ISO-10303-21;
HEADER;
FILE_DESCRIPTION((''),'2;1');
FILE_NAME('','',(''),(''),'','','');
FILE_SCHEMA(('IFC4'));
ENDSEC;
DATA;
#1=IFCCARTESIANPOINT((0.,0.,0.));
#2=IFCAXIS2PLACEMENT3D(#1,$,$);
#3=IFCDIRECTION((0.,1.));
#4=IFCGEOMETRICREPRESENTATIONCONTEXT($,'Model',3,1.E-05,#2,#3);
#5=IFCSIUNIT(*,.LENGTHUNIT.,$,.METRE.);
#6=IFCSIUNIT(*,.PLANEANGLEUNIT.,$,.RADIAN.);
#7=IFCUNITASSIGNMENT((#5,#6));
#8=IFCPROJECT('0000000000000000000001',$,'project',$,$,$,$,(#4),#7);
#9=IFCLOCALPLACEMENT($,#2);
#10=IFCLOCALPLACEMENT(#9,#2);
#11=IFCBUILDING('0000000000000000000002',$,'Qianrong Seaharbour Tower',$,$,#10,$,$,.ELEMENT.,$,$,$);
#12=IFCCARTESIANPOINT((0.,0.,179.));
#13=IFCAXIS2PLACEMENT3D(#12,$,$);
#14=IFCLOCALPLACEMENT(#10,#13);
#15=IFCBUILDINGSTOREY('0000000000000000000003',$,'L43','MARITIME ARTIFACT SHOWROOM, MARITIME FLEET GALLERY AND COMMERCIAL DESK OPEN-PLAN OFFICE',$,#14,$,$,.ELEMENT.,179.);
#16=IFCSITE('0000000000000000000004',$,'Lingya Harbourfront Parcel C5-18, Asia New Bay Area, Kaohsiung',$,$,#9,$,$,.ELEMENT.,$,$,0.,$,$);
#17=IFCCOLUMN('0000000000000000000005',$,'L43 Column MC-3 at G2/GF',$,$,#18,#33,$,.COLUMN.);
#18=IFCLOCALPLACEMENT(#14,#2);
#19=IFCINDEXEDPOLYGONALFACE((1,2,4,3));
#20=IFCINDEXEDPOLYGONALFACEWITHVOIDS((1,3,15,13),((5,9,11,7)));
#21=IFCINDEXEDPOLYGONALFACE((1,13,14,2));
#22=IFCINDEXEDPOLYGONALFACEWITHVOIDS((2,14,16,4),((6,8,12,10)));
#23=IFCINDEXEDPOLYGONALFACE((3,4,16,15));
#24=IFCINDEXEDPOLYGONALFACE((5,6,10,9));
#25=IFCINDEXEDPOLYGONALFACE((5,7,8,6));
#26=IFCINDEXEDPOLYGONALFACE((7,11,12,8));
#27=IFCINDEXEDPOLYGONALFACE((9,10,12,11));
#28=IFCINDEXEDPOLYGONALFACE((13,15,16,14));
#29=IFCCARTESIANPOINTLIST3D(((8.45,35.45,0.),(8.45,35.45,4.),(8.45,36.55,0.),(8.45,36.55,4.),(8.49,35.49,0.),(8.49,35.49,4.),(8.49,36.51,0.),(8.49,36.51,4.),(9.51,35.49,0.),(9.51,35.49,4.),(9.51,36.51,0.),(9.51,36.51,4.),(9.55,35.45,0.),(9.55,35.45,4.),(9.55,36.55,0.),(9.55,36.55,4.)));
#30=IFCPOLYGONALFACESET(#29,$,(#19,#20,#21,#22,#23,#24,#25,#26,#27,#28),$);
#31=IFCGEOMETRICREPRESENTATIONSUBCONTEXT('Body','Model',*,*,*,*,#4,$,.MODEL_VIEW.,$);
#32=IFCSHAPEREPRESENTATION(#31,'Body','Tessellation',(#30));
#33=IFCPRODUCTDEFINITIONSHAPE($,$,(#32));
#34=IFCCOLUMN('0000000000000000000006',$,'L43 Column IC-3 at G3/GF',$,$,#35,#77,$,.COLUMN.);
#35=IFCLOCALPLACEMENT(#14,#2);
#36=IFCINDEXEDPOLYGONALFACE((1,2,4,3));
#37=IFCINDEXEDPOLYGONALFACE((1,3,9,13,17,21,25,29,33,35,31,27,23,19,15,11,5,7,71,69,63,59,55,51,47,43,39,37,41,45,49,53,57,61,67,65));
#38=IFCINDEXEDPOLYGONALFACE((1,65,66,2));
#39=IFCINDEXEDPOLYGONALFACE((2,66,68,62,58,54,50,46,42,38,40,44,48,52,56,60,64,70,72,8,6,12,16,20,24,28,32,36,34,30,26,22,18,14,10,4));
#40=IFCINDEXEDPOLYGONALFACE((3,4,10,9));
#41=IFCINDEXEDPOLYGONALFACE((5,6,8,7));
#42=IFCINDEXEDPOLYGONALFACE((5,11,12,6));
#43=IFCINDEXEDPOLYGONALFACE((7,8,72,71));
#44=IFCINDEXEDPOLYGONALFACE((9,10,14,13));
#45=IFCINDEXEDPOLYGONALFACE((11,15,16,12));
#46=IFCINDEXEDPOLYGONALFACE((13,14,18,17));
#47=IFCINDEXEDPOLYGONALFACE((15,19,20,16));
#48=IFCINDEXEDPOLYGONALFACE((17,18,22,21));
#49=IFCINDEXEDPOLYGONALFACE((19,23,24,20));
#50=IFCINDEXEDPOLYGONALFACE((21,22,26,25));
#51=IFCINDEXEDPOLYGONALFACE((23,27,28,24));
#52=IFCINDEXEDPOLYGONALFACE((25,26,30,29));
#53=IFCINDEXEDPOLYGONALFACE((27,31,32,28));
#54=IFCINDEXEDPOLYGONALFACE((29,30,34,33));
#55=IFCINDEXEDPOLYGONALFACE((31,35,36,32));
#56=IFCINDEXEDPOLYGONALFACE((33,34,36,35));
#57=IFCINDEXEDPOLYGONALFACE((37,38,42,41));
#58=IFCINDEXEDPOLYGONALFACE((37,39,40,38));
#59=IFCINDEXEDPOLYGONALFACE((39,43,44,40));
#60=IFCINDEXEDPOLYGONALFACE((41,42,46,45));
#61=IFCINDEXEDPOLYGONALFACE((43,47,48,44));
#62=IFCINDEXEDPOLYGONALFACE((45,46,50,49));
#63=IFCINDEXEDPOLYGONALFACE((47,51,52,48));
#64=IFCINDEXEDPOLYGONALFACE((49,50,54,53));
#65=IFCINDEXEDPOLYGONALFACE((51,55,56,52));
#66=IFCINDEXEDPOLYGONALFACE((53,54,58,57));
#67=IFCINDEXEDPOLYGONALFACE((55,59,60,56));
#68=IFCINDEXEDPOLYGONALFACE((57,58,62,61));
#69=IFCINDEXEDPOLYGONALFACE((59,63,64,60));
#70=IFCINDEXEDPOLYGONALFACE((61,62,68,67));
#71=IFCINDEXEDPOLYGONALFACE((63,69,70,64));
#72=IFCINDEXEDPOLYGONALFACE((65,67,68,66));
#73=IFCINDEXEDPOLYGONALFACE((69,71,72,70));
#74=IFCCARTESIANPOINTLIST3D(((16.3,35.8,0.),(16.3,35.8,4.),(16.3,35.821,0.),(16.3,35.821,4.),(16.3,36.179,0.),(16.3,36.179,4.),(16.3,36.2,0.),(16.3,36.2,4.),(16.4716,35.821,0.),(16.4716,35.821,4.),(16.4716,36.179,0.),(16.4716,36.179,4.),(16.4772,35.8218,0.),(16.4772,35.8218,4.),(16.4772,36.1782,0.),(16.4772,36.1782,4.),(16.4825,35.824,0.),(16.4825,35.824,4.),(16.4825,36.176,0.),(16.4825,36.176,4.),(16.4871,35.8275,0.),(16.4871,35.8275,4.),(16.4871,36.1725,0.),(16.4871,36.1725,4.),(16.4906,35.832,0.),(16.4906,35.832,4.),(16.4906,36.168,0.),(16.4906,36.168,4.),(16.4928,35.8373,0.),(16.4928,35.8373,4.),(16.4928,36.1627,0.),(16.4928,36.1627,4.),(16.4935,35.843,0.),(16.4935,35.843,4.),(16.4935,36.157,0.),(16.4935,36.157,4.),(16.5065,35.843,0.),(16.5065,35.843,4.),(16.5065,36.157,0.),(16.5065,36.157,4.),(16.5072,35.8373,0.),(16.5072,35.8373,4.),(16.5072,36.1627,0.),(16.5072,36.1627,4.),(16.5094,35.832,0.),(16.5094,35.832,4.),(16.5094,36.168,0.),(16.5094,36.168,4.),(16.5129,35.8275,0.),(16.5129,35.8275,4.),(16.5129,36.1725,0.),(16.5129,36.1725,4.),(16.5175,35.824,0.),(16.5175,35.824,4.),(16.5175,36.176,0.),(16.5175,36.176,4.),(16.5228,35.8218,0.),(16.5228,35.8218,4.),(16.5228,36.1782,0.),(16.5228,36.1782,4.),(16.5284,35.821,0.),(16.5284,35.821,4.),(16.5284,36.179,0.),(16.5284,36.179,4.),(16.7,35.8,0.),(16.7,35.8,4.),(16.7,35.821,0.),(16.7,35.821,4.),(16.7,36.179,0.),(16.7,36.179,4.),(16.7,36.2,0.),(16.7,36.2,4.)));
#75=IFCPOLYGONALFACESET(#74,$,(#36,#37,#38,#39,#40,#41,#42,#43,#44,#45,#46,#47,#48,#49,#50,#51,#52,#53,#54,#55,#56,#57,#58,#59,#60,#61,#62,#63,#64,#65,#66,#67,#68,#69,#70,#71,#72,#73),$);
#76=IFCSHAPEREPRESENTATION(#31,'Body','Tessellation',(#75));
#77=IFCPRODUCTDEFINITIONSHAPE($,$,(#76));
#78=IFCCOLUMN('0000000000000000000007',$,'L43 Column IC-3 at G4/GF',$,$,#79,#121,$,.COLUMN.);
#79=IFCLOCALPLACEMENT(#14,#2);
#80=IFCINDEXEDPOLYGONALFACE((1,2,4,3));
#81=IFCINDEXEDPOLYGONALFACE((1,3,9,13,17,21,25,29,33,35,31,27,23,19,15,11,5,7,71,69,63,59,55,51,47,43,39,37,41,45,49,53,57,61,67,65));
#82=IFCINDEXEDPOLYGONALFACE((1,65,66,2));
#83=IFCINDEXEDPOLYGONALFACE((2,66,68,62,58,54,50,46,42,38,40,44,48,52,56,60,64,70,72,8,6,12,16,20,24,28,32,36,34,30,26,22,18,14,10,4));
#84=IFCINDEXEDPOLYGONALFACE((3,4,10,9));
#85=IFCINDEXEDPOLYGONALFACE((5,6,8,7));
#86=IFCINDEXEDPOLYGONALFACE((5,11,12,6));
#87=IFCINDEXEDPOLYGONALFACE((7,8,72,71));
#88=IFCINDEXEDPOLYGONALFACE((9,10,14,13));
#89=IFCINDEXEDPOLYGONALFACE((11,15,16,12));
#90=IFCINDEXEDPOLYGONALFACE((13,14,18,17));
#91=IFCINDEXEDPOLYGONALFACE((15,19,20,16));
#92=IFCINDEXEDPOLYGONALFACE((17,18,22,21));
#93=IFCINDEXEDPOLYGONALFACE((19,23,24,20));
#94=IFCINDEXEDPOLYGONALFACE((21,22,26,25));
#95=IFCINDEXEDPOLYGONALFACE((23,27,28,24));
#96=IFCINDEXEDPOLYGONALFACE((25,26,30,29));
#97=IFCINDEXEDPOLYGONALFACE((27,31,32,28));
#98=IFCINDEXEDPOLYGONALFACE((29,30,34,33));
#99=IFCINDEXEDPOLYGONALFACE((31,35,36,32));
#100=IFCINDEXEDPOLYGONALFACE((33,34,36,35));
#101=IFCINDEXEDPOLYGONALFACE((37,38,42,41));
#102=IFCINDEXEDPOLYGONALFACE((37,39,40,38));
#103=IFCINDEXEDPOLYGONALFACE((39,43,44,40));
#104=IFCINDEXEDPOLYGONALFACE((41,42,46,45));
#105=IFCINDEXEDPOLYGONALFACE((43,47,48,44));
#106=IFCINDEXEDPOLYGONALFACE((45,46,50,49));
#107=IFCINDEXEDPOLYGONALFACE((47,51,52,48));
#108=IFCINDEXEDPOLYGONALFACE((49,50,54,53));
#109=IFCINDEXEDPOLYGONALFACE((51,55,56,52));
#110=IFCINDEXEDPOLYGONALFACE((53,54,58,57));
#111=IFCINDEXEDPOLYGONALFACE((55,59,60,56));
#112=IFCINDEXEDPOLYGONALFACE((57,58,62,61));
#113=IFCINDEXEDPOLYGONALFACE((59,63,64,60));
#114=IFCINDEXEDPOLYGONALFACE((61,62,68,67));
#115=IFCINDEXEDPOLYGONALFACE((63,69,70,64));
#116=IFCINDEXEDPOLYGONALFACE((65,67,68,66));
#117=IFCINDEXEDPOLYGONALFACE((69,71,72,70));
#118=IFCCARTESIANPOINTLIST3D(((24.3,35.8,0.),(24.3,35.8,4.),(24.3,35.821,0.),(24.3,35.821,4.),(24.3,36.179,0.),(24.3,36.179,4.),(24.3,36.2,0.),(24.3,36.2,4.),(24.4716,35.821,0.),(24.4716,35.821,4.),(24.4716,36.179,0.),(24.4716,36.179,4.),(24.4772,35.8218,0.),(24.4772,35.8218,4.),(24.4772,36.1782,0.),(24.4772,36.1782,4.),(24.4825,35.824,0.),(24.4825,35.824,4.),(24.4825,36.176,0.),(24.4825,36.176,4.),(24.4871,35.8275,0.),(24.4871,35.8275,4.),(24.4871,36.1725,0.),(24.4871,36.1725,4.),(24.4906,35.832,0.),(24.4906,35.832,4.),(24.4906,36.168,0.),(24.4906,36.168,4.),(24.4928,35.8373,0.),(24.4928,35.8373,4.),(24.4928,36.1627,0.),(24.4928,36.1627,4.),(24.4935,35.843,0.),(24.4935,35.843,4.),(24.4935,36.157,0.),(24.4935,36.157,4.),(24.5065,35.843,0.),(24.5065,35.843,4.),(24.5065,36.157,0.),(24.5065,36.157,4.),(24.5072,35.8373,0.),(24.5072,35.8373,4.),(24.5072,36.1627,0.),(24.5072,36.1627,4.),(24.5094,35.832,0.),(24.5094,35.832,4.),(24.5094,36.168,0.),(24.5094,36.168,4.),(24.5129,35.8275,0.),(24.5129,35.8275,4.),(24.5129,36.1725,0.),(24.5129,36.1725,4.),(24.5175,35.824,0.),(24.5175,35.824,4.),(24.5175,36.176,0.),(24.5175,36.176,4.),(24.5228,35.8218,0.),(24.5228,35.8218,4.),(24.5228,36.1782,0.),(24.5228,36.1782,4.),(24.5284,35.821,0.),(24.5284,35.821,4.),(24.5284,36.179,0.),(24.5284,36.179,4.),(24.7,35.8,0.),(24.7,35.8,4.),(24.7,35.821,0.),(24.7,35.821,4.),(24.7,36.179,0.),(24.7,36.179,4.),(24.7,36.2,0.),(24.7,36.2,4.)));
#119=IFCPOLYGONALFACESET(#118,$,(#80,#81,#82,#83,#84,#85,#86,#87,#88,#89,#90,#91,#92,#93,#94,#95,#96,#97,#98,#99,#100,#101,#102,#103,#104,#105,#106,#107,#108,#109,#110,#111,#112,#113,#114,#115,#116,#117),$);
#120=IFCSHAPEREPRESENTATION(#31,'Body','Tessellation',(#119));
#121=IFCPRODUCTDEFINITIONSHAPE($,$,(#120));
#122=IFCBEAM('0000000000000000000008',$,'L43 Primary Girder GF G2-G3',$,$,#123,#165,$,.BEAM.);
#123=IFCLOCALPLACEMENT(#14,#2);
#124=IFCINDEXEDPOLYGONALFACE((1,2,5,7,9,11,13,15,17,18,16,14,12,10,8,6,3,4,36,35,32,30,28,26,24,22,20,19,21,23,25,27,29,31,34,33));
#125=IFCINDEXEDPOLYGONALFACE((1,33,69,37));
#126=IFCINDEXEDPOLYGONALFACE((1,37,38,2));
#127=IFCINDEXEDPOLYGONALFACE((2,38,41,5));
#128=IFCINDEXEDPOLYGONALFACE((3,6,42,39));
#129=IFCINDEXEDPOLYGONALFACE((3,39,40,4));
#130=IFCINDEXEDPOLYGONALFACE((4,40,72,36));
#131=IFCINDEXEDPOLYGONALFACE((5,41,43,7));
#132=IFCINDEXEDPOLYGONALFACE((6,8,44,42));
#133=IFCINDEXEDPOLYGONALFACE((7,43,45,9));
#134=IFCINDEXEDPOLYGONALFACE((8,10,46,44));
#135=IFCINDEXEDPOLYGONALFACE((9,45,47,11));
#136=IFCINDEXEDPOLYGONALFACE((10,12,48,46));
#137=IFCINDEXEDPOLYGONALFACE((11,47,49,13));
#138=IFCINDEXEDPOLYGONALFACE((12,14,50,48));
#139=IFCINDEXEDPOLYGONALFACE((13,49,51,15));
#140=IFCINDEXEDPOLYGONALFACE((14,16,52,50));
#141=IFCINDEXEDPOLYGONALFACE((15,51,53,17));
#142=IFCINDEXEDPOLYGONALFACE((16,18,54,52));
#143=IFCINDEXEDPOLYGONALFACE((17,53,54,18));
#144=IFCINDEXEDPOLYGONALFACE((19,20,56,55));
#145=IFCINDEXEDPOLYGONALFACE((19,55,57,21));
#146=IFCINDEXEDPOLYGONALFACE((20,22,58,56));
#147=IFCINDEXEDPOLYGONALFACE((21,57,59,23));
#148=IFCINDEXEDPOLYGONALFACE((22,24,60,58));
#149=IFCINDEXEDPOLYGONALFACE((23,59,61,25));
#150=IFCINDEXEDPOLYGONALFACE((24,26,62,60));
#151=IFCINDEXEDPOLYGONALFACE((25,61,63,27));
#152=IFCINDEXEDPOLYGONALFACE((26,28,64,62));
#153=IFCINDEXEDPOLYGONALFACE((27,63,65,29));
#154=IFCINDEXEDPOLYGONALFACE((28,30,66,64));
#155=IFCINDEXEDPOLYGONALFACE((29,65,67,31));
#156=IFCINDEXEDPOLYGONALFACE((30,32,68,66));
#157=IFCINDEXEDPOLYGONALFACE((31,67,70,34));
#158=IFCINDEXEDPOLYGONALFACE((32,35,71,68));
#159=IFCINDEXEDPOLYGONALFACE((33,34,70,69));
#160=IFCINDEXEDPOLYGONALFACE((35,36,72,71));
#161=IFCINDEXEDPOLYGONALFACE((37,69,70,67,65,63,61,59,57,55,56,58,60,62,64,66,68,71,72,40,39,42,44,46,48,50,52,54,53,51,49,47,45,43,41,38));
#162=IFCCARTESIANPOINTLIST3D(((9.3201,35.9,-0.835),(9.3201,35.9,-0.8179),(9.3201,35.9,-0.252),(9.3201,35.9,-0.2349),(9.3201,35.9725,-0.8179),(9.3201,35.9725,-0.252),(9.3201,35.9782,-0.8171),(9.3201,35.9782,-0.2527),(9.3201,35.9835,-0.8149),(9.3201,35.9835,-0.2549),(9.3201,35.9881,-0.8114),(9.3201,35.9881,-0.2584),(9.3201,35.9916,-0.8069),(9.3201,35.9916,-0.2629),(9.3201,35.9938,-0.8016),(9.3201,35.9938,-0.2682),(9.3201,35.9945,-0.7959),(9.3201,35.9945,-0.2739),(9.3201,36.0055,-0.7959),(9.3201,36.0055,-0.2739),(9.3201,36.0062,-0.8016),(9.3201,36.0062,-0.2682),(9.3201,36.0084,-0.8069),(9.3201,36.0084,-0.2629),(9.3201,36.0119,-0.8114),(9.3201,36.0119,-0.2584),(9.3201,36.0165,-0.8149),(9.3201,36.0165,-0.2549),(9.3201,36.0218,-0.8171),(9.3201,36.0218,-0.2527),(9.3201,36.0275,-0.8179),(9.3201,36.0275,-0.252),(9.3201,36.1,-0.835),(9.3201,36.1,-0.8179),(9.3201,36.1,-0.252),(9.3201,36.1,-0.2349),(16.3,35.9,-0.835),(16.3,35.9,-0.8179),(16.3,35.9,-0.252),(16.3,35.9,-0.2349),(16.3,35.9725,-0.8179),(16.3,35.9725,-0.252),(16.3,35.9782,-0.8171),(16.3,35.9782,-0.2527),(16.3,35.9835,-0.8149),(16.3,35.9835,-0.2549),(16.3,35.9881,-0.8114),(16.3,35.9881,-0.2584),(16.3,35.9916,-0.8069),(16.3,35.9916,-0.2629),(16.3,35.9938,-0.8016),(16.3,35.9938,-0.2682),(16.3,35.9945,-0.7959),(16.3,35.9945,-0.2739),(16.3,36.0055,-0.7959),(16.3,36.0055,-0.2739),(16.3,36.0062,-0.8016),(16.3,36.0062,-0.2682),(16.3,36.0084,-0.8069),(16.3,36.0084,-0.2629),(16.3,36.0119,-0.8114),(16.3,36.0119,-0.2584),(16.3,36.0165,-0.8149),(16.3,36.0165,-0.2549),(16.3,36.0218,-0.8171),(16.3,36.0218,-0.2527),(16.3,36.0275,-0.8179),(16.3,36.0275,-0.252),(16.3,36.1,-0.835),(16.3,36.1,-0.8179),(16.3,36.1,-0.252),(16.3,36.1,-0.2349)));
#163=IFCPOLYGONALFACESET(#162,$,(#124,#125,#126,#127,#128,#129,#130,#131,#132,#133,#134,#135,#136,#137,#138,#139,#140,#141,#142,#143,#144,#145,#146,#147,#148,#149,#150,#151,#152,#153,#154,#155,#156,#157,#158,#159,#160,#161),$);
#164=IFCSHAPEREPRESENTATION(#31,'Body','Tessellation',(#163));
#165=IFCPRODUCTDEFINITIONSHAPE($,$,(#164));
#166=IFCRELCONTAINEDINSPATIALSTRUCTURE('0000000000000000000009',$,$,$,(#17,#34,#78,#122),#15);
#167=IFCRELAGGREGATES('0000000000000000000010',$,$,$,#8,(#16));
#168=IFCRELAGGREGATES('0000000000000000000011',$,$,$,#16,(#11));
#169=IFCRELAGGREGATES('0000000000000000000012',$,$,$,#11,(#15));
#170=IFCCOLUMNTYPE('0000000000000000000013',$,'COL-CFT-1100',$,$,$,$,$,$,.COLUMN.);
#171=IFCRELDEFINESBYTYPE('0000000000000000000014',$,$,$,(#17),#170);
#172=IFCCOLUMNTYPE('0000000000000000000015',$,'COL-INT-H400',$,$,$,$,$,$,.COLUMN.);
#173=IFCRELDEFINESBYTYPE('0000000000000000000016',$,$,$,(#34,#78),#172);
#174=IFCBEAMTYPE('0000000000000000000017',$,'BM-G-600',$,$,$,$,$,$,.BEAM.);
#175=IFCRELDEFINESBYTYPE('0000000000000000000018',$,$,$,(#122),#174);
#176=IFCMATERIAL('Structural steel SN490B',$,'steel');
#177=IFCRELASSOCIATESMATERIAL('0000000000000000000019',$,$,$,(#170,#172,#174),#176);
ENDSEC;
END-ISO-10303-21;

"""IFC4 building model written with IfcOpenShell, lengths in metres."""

from ifc_helpers import new_model, si_unit, direction, frame, origin, origin_2d, place, context, subcontext, project, spatial, hollow_rectangle, i_section, extrude, material, material_profile, profile_set, type_object, element, save


model = new_model("IFC4")

# Units and contexts
model_context = context("Model", 3, precision=1e-05, world=origin(), true_north=direction((0.0, 1.0)))
body_context = subcontext(model_context, "Body", "Model", "MODEL_VIEW")
ifc_project = project(units=[si_unit("LENGTHUNIT", "METRE"), si_unit("PLANEANGLEUNIT", "RADIAN")], contexts=[model_context])

# Site, building, storey
site_placement = place(None, origin())
site = spatial("IfcSite", under=ifc_project, at=site_placement, Name="Lingya Harbourfront Parcel C5-18, Asia New Bay Area, Kaohsiung", CompositionType="ELEMENT", RefElevation=0.0)
building_placement = place(site_placement, origin())
building = spatial("IfcBuilding", under=site, at=building_placement, Name="Qianrong Seaharbour Tower", CompositionType="ELEMENT")
storey_placement = place(building_placement, frame((0.0, 0.0, 179.0)))
storey = spatial("IfcBuildingStorey", under=building, at=storey_placement, Name="L43", Description="MARITIME ARTIFACT SHOWROOM, MARITIME FLEET GALLERY AND COMMERCIAL DESK OPEN-PLAN OFFICE", CompositionType="ELEMENT", Elevation=179.0)

# Columns
ifc_material_1 = material(Name="Structural steel SN490B", Category="steel")
ifc_material_profile_1 = material_profile(ifc_material_1, hollow_rectangle(XDim=1.1001, YDim=1.1001, WallThickness=0.04, at=origin_2d()), Name="BOX1100x1100x40")
ifc_profile_set_1 = profile_set([ifc_material_profile_1], Name="Structural steel SN490B")
column_type_1 = type_object("IfcColumnType", Name="COL-CFT-1100", PredefinedType="COLUMN", material=ifc_profile_set_1)
column_placement = place(storey_placement, frame((9.0, 36.0, 0.0), z_axis=(0.0, 0.0, 1.0), x_axis=(1.0, 0.0, 0.0)))
element("IfcColumn", 1, at=column_placement, inside=storey, type_object=column_type_1, Name="L43 Column MC-3 at G2/GF", PredefinedType="COLUMN", context=body_context, shape_type="SweptSolid", body=[
    extrude(hollow_rectangle(XDim=1.1001, YDim=1.1001, WallThickness=0.04, at=origin_2d()), origin(), (0.0, 0.0, 1.0), 4.0),
])
ifc_material_profile_2 = material_profile(ifc_material_1, i_section(OverallWidth=0.3999, OverallDepth=0.3999, WebThickness=0.0129, FlangeThickness=0.021, FilletRadius=0.022, at=origin_2d()), Name="H400x400x13x21")
ifc_profile_set_2 = profile_set([ifc_material_profile_2], Name="Structural steel SN490B")
column_type_2 = type_object("IfcColumnType", Name="COL-INT-H400", PredefinedType="COLUMN", material=ifc_profile_set_2)
for number, where, z_axis, x_axis, name in (
    (2, (16.5, 36.0, 0.0), (0.0, 0.0, 1.0), (1.0, 0.0, 0.0), "L43 Column IC-3 at G3/GF"),
    (3, (24.5, 36.0, 0.0), (0.0, 0.0, 1.0), (1.0, 0.0, 0.0), "L43 Column IC-3 at G4/GF"),
):
    element("IfcColumn", number, at=place(storey_placement, frame(where, z_axis=z_axis, x_axis=x_axis)), inside=storey, type_object=column_type_2, Name=name, PredefinedType="COLUMN", context=body_context, shape_type="SweptSolid", body=[
        extrude(i_section(OverallWidth=0.3999, OverallDepth=0.3999, WebThickness=0.0129, FlangeThickness=0.021, FilletRadius=0.022, at=origin_2d()), origin(), (0.0, 0.0, 1.0), 4.0),
    ])

# Beam
ifc_material_profile_3 = material_profile(ifc_material_1, i_section(OverallWidth=0.2, OverallDepth=0.6001, WebThickness=0.011, FlangeThickness=0.0171, FilletRadius=0.022, at=origin_2d()), Name="H600x200x11x17")
ifc_profile_set_3 = profile_set([ifc_material_profile_3], Name="Structural steel SN490B")
beam_type_1 = type_object("IfcBeamType", Name="BM-G-600", PredefinedType="BEAM", material=ifc_profile_set_3)
beam_1_placement = place(storey_placement, frame((9.3201, 36.0, -0.5349), z_axis=(1.0, 0.0, 0.0), x_axis=(0.0, 1.0, 0.0)))
element("IfcBeam", 4, at=beam_1_placement, inside=storey, type_object=beam_type_1, Name="L43 Primary Girder GF G2-G3", PredefinedType="BEAM", context=body_context, shape_type="SweptSolid", body=[
    extrude(i_section(OverallWidth=0.2, OverallDepth=0.6001, WebThickness=0.011, FlangeThickness=0.0171, FilletRadius=0.022, at=origin_2d()), origin(), (0.0, 0.0, 1.0), 6.98),
])

save(model, "model.ifc")
